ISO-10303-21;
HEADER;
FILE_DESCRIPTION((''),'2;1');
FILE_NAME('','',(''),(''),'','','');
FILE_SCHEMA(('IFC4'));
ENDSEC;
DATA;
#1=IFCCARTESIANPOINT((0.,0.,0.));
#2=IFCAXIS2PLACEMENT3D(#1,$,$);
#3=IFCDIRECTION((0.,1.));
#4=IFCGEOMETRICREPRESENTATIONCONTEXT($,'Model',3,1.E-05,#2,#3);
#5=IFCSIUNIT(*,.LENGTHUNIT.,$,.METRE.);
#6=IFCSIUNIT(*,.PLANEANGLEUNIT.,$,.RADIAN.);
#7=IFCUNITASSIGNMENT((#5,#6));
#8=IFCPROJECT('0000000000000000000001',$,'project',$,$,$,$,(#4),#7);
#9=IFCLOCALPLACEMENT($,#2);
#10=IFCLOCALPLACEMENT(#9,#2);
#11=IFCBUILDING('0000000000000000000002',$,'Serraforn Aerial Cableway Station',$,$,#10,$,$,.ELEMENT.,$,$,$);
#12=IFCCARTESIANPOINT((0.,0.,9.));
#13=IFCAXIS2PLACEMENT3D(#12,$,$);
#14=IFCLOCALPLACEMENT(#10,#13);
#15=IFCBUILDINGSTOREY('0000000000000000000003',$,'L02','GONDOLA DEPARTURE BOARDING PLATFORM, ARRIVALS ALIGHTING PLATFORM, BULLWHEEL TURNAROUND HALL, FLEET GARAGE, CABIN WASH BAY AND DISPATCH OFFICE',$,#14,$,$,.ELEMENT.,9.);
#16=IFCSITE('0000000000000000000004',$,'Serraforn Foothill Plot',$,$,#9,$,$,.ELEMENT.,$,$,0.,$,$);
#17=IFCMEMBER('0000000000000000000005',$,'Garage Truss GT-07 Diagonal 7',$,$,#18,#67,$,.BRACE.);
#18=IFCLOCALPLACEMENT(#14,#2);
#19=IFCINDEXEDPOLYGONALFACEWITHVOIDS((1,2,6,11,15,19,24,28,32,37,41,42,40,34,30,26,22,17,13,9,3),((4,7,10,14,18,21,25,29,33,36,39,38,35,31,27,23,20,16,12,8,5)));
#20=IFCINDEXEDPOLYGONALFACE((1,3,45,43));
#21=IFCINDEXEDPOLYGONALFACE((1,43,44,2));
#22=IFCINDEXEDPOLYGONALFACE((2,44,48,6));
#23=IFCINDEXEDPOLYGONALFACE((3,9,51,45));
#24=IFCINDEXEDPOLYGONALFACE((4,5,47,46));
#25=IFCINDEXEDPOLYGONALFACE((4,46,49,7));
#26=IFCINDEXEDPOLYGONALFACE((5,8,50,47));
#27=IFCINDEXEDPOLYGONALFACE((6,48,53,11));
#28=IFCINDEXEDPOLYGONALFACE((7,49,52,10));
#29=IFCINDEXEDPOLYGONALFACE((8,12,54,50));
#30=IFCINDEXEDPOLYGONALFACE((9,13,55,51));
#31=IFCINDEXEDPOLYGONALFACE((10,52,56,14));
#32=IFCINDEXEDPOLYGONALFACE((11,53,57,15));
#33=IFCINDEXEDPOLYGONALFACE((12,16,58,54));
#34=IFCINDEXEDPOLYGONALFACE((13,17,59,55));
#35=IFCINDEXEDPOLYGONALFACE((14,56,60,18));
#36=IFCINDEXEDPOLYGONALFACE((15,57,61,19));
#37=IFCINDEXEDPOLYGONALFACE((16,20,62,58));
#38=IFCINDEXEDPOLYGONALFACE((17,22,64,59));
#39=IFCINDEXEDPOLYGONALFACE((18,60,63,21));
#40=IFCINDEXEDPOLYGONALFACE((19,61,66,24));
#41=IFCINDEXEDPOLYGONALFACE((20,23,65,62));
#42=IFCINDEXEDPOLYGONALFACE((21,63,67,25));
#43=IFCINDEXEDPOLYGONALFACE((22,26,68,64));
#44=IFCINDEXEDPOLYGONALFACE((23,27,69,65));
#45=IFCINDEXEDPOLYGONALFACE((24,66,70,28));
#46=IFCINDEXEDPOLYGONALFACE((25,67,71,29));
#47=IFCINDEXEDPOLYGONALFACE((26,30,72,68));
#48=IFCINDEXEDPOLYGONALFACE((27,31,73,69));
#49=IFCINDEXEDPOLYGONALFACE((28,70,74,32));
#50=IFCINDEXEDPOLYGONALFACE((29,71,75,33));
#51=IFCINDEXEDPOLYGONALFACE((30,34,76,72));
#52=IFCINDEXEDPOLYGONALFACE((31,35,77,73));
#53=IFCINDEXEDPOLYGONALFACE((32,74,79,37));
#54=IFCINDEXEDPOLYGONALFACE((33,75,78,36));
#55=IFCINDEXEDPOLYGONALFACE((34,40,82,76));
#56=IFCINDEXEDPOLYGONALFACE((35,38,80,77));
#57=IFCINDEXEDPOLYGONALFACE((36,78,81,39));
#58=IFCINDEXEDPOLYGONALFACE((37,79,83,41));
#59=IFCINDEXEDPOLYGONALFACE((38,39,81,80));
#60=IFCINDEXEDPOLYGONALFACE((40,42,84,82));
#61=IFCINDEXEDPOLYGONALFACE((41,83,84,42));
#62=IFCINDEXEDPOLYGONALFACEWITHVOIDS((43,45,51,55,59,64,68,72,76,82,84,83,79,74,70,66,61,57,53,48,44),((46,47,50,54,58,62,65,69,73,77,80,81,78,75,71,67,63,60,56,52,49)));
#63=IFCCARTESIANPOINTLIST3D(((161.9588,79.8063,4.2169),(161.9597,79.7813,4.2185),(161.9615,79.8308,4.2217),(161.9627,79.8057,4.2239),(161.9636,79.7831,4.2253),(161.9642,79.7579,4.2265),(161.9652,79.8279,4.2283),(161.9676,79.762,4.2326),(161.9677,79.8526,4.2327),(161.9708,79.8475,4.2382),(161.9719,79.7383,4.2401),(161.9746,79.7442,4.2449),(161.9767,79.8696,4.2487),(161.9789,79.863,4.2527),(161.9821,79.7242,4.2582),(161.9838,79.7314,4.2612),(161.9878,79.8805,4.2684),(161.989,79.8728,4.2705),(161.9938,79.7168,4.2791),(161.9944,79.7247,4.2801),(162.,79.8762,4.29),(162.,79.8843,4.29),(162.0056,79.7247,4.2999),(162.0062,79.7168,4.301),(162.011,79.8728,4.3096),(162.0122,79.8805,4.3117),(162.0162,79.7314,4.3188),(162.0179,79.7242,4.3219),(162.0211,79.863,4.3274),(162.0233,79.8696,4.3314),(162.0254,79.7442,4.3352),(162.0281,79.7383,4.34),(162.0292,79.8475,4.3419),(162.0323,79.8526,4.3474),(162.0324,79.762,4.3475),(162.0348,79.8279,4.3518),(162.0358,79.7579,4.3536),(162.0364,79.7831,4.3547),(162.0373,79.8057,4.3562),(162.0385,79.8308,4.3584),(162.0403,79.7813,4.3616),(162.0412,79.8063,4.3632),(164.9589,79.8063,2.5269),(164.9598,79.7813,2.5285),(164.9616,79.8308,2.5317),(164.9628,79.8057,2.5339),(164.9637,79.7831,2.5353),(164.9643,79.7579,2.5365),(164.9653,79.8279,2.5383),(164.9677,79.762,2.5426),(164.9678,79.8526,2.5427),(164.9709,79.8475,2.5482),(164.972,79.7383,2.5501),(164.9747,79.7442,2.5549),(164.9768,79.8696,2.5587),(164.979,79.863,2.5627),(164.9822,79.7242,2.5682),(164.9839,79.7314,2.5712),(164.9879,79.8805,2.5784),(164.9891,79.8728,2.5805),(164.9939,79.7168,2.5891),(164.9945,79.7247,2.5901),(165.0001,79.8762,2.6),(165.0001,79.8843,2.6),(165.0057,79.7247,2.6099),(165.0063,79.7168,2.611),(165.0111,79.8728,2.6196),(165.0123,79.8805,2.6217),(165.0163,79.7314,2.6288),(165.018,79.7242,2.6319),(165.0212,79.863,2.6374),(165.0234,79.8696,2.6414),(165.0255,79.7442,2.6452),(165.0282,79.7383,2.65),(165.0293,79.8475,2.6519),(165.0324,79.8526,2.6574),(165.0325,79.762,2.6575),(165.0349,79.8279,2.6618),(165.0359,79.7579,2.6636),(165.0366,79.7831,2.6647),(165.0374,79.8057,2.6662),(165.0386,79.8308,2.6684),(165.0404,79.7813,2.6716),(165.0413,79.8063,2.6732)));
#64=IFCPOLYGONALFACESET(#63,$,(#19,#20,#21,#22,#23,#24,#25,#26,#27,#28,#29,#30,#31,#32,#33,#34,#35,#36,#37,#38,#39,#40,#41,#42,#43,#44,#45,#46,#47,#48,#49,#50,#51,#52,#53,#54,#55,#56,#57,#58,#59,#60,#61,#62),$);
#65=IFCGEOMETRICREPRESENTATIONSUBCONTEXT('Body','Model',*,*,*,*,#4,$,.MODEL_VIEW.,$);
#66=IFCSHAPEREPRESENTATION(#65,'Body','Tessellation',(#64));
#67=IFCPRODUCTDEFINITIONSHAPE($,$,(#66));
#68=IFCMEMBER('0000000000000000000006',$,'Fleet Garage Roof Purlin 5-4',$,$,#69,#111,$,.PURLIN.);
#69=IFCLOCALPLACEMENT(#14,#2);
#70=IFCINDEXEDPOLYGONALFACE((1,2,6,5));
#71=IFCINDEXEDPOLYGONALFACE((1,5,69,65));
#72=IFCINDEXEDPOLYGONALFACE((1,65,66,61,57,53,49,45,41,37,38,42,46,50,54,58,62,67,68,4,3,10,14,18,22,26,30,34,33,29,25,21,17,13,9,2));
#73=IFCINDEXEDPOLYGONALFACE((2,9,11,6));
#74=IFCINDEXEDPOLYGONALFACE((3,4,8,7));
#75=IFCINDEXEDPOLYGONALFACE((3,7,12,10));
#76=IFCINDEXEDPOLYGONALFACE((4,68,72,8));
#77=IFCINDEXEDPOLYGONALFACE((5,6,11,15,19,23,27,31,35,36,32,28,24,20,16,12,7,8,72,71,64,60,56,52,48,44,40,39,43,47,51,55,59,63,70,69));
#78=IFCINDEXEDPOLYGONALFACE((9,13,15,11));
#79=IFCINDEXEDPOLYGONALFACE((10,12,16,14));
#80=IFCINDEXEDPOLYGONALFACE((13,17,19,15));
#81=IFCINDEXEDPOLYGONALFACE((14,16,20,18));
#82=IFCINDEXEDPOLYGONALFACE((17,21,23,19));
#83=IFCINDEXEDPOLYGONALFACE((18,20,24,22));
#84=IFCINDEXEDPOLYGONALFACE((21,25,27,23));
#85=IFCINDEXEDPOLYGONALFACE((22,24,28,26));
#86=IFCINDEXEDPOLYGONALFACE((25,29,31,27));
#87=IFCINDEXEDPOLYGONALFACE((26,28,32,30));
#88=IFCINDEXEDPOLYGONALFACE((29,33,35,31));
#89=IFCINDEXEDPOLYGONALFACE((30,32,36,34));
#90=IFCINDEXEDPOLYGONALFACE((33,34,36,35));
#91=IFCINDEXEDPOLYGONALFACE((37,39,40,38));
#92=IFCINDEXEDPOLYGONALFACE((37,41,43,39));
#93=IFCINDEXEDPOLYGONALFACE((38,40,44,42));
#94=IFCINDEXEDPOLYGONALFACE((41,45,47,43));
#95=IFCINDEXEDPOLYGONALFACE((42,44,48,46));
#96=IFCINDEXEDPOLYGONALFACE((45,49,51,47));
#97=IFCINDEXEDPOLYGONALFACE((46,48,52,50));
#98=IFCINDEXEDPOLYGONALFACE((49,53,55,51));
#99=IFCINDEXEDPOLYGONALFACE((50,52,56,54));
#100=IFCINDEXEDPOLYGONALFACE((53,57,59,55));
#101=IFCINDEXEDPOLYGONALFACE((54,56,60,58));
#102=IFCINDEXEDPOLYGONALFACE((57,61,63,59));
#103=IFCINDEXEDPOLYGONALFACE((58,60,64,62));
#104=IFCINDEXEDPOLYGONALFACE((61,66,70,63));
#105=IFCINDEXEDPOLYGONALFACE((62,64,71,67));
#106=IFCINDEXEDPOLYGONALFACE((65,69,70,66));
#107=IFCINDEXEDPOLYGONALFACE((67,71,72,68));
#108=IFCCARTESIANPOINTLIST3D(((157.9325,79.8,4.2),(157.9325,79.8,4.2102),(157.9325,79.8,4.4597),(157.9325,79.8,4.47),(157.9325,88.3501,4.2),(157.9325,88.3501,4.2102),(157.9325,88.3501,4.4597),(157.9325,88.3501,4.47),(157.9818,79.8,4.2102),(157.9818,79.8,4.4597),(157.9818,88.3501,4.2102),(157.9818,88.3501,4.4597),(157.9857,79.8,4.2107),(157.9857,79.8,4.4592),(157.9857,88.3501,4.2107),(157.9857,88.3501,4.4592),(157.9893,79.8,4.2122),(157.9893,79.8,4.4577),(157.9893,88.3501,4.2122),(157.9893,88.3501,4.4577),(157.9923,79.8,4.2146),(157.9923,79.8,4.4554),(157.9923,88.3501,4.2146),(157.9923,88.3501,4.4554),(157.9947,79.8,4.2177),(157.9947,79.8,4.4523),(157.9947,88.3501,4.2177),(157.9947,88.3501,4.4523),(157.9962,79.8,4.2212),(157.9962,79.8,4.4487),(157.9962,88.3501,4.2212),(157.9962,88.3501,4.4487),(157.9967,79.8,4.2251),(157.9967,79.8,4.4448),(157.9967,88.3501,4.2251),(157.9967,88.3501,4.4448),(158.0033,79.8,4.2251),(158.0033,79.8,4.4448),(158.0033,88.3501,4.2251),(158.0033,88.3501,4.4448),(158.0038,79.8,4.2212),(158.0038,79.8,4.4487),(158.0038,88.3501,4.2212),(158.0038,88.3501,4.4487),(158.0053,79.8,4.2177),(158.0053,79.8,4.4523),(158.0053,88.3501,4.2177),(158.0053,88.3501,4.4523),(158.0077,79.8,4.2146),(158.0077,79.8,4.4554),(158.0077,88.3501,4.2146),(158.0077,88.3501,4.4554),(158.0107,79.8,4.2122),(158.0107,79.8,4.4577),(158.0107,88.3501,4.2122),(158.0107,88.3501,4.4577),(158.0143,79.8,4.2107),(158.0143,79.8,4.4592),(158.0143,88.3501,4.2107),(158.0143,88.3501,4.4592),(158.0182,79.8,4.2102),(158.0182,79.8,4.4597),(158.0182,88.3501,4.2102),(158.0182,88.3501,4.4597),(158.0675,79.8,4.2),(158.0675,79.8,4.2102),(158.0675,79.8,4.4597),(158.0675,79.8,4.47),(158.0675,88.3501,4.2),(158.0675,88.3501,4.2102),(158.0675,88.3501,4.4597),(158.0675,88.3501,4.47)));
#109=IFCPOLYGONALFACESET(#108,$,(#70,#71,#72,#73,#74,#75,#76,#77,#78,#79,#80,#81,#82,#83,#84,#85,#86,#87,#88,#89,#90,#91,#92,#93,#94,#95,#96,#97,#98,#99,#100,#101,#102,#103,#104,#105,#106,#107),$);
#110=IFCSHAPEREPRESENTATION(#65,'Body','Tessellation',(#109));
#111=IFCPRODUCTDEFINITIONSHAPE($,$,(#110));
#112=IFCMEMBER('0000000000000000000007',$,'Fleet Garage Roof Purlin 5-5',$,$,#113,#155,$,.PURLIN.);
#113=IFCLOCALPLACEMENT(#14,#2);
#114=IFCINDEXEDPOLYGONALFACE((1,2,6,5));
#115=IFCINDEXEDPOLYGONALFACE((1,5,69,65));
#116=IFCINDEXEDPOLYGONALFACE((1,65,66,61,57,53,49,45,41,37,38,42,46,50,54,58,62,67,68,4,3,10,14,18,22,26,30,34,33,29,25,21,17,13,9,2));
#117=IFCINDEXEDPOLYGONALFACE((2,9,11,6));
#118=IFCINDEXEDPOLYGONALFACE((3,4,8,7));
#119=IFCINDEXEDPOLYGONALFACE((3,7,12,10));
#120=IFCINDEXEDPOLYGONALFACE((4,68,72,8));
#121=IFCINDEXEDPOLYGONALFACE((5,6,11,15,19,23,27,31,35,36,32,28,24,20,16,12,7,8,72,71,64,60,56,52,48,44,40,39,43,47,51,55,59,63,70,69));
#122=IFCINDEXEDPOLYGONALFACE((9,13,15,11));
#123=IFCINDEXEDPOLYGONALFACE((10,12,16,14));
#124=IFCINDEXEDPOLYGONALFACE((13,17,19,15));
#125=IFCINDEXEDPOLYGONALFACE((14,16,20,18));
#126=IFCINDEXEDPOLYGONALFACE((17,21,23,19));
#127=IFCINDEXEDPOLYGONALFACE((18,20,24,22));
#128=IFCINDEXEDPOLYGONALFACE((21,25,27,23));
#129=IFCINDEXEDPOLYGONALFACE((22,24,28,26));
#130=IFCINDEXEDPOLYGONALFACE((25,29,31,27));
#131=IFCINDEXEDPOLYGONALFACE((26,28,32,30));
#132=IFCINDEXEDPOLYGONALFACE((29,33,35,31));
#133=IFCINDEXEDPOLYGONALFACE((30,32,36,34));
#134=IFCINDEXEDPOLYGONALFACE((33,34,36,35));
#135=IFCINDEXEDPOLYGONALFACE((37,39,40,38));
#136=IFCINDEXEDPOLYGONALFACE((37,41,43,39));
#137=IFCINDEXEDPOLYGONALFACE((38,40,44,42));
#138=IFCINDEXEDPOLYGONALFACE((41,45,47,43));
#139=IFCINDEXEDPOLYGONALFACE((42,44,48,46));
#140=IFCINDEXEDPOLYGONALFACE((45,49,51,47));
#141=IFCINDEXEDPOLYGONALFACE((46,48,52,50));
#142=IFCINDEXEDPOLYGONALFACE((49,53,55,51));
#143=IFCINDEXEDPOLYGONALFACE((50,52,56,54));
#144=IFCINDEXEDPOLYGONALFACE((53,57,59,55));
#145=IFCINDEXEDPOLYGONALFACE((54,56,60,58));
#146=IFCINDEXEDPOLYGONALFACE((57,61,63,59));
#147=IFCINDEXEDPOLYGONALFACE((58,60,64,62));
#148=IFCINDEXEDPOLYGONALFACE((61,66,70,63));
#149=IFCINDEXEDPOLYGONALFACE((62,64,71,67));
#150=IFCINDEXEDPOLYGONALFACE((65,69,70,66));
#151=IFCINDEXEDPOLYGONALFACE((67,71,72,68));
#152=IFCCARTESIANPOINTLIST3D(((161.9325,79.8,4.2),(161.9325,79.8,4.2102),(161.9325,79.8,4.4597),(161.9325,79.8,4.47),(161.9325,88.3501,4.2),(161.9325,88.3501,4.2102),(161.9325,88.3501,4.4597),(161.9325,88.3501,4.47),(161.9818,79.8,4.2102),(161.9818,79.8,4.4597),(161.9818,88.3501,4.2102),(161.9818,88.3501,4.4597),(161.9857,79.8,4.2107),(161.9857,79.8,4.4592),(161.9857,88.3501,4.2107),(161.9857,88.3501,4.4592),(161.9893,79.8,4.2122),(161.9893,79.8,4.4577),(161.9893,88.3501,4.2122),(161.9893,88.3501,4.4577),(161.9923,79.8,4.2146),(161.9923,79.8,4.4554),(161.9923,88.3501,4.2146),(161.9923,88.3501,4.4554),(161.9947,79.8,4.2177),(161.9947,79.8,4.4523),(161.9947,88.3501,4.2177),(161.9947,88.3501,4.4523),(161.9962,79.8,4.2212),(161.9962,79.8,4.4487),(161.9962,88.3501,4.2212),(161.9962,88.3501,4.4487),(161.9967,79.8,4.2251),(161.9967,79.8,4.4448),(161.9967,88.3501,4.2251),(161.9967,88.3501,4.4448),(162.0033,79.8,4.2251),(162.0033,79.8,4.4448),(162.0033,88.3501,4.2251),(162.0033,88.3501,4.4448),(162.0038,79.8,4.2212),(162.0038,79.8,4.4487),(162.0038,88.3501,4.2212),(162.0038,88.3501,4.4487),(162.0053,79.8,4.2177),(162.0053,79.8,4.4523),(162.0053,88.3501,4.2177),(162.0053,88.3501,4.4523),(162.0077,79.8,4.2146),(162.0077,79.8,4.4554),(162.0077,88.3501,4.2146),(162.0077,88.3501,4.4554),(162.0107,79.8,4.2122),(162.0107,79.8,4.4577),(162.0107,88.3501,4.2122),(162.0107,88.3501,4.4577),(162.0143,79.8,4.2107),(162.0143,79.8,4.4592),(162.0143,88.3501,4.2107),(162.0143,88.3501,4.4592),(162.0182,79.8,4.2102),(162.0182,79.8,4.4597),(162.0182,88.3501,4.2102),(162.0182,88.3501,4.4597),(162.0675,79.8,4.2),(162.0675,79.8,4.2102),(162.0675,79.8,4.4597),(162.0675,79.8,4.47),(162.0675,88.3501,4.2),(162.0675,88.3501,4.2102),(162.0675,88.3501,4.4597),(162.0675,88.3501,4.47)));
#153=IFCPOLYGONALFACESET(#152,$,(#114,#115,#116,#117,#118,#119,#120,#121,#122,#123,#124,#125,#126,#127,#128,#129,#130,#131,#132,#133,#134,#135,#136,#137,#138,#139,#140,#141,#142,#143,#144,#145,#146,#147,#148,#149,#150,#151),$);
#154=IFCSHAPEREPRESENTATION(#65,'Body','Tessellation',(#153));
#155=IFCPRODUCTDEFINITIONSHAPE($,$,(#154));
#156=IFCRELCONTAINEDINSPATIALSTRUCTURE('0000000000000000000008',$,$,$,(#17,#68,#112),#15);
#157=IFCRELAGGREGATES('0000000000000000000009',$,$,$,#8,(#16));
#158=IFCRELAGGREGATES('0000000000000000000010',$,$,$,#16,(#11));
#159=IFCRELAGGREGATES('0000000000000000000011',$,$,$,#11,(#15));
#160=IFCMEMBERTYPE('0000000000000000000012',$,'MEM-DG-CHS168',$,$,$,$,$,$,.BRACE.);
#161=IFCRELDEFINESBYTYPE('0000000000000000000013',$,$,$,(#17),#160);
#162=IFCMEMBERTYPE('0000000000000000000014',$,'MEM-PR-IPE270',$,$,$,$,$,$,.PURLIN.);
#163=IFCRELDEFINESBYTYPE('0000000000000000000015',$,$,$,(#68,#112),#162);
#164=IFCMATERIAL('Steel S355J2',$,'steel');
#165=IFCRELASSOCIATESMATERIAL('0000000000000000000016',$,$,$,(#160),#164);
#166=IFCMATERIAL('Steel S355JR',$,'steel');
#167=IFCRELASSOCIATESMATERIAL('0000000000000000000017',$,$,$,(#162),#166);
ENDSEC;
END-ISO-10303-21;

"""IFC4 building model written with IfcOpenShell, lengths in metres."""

from ifc_helpers import new_model, si_unit, direction, frame, origin, origin_2d, place, context, subcontext, project, spatial, hollow_circle, i_section, extrude, material, material_profile, profile_set, type_object, element, save


model = new_model("IFC4")

# Units and contexts
model_context = context("Model", 3, precision=1e-05, world=origin(), true_north=direction((0.0, 1.0)))
body_context = subcontext(model_context, "Body", "Model", "MODEL_VIEW")
ifc_project = project(units=[si_unit("LENGTHUNIT", "METRE"), si_unit("PLANEANGLEUNIT", "RADIAN")], contexts=[model_context])

# Site, building, storey
site_placement = place(None, origin())
site = spatial("IfcSite", under=ifc_project, at=site_placement, Name="Serraforn Foothill Plot", CompositionType="ELEMENT", RefElevation=0.0)
building_placement = place(site_placement, origin())
building = spatial("IfcBuilding", under=site, at=building_placement, Name="Serraforn Aerial Cableway Station", CompositionType="ELEMENT")
storey_placement = place(building_placement, frame((0.0, 0.0, 9.0)))
storey = spatial("IfcBuildingStorey", under=building, at=storey_placement, Name="L02", Description="GONDOLA DEPARTURE BOARDING PLATFORM, ARRIVALS ALIGHTING PLATFORM, BULLWHEEL TURNAROUND HALL, FLEET GARAGE, CABIN WASH BAY AND DISPATCH OFFICE", CompositionType="ELEMENT", Elevation=9.0)

# Members
ifc_material_1 = material(Name="Steel S355J2", Category="steel")
ifc_material_profile_1 = material_profile(ifc_material_1, hollow_circle(Radius=0.0842, WallThickness=0.0081, at=origin_2d()), Name="CHS 168.3x8.0")
ifc_profile_set_1 = profile_set([ifc_material_profile_1], Name="Steel S355J2")
member_type_1 = type_object("IfcMemberType", Name="MEM-DG-CHS168", PredefinedType="BRACE", material=ifc_profile_set_1)
for number, where, z_axis, x_axis, name in (
    (1, (162.0, 79.8, 4.29), (0.871272, 0.0, -0.4908), (0.0, 1.0, 0.0), "Garage Truss GT-07 Diagonal 7"),
):
    element("IfcMember", number, at=place(storey_placement, frame(where, z_axis=z_axis, x_axis=x_axis)), inside=storey, type_object=member_type_1, Name=name, PredefinedType="BRACE", context=body_context, shape_type="SweptSolid", body=[
        extrude(hollow_circle(Radius=0.0842, WallThickness=0.0081, at=origin_2d()), origin(), (0.0, 0.0, 1.0), 3.4434),
    ])
ifc_material_2 = material(Name="Steel S355JR", Category="steel")
ifc_material_profile_2 = material_profile(ifc_material_2, i_section(OverallWidth=0.135, OverallDepth=0.27, WebThickness=0.0066, FlangeThickness=0.0103, FilletRadius=0.0149, at=origin_2d()), Name="IPE 270")
ifc_profile_set_2 = profile_set([ifc_material_profile_2], Name="Steel S355JR")
member_type_2 = type_object("IfcMemberType", Name="MEM-PR-IPE270", PredefinedType="PURLIN", material=ifc_profile_set_2)
for number, where, z_axis, x_axis, name in (
    (2, (158.0, 79.8, 4.335), (0.0, 1.0, 0.0), (-1.0, 0.0, 0.0), "Fleet Garage Roof Purlin 5-4"),
    (3, (162.0, 79.8, 4.335), (0.0, 1.0, 0.0), (-1.0, 0.0, 0.0), "Fleet Garage Roof Purlin 5-5"),
):
    element("IfcMember", number, at=place(storey_placement, frame(where, z_axis=z_axis, x_axis=x_axis)), inside=storey, type_object=member_type_2, Name=name, PredefinedType="PURLIN", context=body_context, shape_type="SweptSolid", body=[
        extrude(i_section(OverallWidth=0.135, OverallDepth=0.27, WebThickness=0.0066, FlangeThickness=0.0103, FilletRadius=0.0149, at=origin_2d()), origin(), (0.0, 0.0, 1.0), 8.55),
    ])

save(model, "model.ifc")
